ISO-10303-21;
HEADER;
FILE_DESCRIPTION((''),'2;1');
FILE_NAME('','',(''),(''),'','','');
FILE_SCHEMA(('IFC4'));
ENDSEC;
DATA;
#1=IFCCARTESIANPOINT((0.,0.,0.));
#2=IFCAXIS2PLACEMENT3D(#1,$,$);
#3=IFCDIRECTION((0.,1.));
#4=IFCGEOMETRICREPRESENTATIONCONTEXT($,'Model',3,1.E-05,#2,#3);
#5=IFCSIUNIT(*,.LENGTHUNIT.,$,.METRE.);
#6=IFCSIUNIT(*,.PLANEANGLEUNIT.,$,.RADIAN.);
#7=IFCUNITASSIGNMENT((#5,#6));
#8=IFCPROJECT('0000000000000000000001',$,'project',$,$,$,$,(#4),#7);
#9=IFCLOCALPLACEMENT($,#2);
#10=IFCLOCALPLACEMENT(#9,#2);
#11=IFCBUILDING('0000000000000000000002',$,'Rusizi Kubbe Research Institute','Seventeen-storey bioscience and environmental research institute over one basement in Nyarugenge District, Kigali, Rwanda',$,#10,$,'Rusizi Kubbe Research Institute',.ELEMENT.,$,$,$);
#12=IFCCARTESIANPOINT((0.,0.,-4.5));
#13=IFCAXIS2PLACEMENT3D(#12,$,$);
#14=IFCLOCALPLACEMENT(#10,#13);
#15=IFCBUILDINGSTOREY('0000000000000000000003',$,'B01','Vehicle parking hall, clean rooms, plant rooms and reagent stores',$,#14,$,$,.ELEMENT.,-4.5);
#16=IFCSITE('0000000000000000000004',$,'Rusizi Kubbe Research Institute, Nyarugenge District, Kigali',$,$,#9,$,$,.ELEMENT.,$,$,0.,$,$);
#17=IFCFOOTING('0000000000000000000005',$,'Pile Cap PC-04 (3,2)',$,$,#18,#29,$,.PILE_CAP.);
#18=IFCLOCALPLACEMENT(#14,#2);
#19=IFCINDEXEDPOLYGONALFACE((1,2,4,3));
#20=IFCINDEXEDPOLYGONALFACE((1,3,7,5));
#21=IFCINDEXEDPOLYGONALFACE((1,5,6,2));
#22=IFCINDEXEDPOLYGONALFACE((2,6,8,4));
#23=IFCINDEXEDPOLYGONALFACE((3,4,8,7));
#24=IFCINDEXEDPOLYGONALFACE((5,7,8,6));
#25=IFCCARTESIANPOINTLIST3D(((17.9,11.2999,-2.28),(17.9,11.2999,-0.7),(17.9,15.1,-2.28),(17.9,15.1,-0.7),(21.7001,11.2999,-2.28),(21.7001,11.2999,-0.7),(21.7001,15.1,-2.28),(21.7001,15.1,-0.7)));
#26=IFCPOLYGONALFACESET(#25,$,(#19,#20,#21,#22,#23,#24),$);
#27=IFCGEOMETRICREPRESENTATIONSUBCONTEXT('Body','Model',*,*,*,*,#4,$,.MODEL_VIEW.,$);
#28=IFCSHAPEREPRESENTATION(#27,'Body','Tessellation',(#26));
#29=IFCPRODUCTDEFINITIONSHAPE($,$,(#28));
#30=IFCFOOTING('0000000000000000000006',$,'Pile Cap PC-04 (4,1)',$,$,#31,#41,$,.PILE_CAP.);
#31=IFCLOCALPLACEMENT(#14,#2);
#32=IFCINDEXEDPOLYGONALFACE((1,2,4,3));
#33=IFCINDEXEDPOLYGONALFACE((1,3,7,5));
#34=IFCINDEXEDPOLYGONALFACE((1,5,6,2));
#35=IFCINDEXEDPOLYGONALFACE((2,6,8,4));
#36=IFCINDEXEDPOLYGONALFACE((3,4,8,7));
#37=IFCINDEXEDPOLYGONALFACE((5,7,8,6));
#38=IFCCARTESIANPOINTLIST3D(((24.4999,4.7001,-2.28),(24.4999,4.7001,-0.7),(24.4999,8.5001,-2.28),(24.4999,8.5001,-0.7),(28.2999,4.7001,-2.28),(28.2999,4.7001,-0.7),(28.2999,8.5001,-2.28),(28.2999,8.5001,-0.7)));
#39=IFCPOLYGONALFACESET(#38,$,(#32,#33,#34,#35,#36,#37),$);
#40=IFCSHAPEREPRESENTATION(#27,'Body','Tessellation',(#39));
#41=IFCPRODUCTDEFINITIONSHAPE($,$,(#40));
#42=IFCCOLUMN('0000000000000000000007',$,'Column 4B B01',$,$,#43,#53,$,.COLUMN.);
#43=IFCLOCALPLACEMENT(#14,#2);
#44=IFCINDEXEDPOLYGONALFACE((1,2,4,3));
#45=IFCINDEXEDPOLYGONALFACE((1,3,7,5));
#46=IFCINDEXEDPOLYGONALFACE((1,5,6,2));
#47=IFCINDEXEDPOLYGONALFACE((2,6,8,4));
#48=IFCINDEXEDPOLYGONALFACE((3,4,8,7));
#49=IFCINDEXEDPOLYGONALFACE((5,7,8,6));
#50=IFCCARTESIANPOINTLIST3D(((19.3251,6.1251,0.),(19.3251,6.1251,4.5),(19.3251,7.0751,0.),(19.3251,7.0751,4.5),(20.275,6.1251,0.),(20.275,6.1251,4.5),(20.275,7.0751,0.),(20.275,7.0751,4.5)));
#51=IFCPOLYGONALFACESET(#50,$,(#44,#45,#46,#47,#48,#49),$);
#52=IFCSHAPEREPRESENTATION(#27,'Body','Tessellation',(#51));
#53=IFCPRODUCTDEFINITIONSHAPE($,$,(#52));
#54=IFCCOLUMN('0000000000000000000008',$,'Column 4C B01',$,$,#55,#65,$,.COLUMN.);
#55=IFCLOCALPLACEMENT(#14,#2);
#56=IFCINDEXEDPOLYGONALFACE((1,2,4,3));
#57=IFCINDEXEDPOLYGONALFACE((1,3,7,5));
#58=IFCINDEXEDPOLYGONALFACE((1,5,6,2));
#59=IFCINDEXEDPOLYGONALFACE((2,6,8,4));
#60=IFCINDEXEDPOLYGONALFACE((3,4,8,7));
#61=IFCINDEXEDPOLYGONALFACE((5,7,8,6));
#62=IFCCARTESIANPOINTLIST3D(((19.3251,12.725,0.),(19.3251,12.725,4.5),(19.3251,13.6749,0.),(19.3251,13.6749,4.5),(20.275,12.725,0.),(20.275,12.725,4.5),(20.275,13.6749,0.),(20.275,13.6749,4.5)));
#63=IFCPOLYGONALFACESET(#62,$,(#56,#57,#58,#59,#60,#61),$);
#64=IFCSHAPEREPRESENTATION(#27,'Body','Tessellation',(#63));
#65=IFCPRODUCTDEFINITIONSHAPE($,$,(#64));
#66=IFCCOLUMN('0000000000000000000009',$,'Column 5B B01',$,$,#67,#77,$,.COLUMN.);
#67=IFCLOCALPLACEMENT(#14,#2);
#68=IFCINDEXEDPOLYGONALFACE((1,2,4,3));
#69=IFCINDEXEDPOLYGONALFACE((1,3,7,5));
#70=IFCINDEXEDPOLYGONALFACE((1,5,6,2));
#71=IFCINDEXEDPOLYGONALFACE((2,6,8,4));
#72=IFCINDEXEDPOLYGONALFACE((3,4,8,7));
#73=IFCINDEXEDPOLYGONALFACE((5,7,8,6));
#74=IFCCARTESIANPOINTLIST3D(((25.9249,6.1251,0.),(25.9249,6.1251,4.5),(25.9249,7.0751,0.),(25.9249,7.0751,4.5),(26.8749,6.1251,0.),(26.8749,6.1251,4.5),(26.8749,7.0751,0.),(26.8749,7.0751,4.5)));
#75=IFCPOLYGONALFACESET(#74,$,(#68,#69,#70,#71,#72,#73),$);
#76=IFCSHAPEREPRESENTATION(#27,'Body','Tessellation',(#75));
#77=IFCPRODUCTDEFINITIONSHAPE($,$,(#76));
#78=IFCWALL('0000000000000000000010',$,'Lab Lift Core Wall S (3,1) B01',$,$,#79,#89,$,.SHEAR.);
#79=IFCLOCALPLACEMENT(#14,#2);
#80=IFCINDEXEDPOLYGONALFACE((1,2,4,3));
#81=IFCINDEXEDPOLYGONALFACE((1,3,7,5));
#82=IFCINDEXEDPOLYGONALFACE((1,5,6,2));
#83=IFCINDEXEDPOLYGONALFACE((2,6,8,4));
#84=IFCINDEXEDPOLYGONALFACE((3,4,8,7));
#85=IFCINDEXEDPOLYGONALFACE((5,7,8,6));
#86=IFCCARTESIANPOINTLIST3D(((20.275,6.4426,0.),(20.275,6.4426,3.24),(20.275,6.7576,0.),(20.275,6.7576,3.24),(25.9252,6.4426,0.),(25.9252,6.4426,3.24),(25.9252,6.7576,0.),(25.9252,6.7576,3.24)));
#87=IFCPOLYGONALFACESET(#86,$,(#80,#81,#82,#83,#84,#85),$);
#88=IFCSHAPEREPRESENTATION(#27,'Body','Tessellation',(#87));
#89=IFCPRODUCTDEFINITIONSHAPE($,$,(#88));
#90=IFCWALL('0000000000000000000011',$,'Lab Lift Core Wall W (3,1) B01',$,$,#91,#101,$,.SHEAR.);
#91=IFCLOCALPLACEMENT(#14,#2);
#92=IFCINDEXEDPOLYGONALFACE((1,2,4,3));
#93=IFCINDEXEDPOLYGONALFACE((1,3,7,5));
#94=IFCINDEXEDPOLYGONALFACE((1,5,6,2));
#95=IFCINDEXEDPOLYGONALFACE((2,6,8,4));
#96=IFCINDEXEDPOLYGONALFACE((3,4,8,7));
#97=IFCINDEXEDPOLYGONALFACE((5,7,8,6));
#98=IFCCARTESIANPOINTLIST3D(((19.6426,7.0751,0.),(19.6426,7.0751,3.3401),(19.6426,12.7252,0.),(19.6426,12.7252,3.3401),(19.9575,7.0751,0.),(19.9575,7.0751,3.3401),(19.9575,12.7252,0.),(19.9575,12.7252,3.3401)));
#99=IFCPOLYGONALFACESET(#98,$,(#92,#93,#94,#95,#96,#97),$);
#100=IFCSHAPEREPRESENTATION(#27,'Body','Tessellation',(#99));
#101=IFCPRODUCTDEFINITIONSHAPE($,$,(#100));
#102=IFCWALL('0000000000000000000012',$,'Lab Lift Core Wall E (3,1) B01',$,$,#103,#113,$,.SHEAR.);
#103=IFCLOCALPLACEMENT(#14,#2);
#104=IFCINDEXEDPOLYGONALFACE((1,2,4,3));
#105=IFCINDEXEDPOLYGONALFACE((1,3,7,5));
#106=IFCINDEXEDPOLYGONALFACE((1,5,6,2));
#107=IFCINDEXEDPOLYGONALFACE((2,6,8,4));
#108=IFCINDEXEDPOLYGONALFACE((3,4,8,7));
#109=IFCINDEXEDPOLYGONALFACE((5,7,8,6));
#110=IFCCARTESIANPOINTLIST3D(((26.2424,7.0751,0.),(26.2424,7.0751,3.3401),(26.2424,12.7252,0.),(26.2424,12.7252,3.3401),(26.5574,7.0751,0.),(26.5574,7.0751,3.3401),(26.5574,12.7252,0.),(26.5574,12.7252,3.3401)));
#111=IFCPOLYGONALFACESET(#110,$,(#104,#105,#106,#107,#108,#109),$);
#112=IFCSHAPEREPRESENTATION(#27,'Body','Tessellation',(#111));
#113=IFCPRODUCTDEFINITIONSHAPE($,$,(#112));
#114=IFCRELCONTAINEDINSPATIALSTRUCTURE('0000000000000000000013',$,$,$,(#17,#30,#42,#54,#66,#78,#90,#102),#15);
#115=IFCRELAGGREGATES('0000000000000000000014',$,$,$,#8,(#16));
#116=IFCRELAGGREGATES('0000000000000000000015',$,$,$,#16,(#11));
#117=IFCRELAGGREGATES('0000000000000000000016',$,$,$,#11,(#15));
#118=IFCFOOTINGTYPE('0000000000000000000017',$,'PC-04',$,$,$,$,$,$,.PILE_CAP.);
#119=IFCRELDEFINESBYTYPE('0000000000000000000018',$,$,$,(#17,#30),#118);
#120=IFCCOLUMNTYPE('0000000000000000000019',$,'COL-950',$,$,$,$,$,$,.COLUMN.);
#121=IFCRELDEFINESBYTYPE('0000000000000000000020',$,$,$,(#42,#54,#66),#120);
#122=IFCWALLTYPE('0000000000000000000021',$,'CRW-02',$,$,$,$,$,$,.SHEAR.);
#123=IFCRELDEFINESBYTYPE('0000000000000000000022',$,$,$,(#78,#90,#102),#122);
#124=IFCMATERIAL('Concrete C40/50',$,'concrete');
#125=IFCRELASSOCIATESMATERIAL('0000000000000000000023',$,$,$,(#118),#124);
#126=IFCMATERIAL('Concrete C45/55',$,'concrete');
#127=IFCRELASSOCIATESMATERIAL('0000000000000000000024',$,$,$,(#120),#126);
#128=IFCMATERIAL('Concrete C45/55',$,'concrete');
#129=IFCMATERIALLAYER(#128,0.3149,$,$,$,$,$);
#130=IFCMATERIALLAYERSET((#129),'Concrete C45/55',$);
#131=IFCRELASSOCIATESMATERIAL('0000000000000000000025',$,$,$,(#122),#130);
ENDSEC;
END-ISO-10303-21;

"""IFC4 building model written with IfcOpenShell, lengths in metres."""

from ifc_helpers import new_model, si_unit, direction, frame, frame_2d, origin, origin_2d, place, context, subcontext, project, spatial, rectangle, extrude, material, layer, layer_set, material_profile, profile_set, type_object, element, save


model = new_model("IFC4")

# Units and contexts
model_context = context("Model", 3, precision=1e-05, world=origin(), true_north=direction((0.0, 1.0)))
body_context = subcontext(model_context, "Body", "Model", "MODEL_VIEW")
ifc_project = project(units=[si_unit("LENGTHUNIT", "METRE"), si_unit("PLANEANGLEUNIT", "RADIAN")], contexts=[model_context])

# Site, building, storey
site_placement = place(None, origin())
site = spatial("IfcSite", under=ifc_project, at=site_placement, Name="Rusizi Kubbe Research Institute, Nyarugenge District, Kigali", CompositionType="ELEMENT", RefElevation=0.0)
building_placement = place(site_placement, origin())
building = spatial("IfcBuilding", under=site, at=building_placement, Name="Rusizi Kubbe Research Institute", Description="Seventeen-storey bioscience and environmental research institute over one basement in Nyarugenge District, Kigali, Rwanda", LongName="Rusizi Kubbe Research Institute", CompositionType="ELEMENT")
storey_placement = place(building_placement, frame((0.0, 0.0, -4.5)))
storey = spatial("IfcBuildingStorey", under=building, at=storey_placement, Name="B01", Description="Vehicle parking hall, clean rooms, plant rooms and reagent stores", CompositionType="ELEMENT", Elevation=-4.5)

# Footings
ifc_material_1 = material(Name="Concrete C40/50", Category="concrete")
footing_type_1 = type_object("IfcFootingType", Name="PC-04", PredefinedType="PILE_CAP", material=ifc_material_1)
for number, where, z_axis, x_axis, name in (
    (1, (19.8, 13.2, -2.28), (0.0, 0.0, 1.0), (1.0, 0.0, 0.0), "Pile Cap PC-04 (3,2)"),
    (2, (26.3999, 6.6001, -2.28), (0.0, 0.0, 1.0), (1.0, 0.0, 0.0), "Pile Cap PC-04 (4,1)"),
):
    element("IfcFooting", number, at=place(storey_placement, frame(where, z_axis=z_axis, x_axis=x_axis)), inside=storey, type_object=footing_type_1, Name=name, PredefinedType="PILE_CAP", context=body_context, shape_type="SweptSolid", body=[
        extrude(rectangle(XDim=3.8, YDim=3.8, at=origin_2d()), origin(), (0.0, 0.0, 1.0), 1.5801),
    ])

# Columns
ifc_material_2 = material(Name="Concrete C45/55", Category="concrete")
ifc_material_profile_1 = material_profile(ifc_material_2, rectangle(XDim=0.95, YDim=0.95, at=origin_2d()), Name="RC950x950")
ifc_profile_set_1 = profile_set([ifc_material_profile_1], Name="Concrete C45/55")
column_type = type_object("IfcColumnType", Name="COL-950", PredefinedType="COLUMN", material=ifc_profile_set_1)
for number, where, z_axis, x_axis, name in (
    (3, (19.8, 6.6001, 0.0), (0.0, 0.0, 1.0), (1.0, 0.0, 0.0), "Column 4B B01"),
    (4, (19.8, 13.2, 0.0), (0.0, 0.0, 1.0), (1.0, 0.0, 0.0), "Column 4C B01"),
    (5, (26.3999, 6.6001, 0.0), (0.0, 0.0, 1.0), (1.0, 0.0, 0.0), "Column 5B B01"),
):
    element("IfcColumn", number, at=place(storey_placement, frame(where, z_axis=z_axis, x_axis=x_axis)), inside=storey, type_object=column_type, Name=name, PredefinedType="COLUMN", context=body_context, shape_type="SweptSolid", body=[
        extrude(rectangle(XDim=0.95, YDim=0.95, at=origin_2d()), origin(), (0.0, 0.0, 1.0), 4.5),
    ])

# Walls
ifc_material_3 = material(Name="Concrete C45/55", Category="concrete")
ifc_layer_1 = layer(ifc_material_3, 0.3149)
ifc_layer_set_1 = layer_set([ifc_layer_1], Name="Concrete C45/55")
wall_type_1 = type_object("IfcWallType", Name="CRW-02", PredefinedType="SHEAR", material=ifc_layer_set_1)
wall_1_placement = place(storey_placement, frame((20.2749, 6.6001, 0.0), z_axis=(0.0, 0.0, 1.0), x_axis=(1.0, 0.0, 0.0)))
element("IfcWall", 6, at=wall_1_placement, inside=storey, type_object=wall_type_1, Name="Lab Lift Core Wall S (3,1) B01", PredefinedType="SHEAR", context=body_context, shape_type="SweptSolid", body=[
    extrude(rectangle(XDim=5.6501, YDim=0.3149, at=frame_2d((2.8252, 0.0))), origin(), (0.0, 0.0, 1.0), 3.24),
])
for number, where, z_axis, x_axis, name in (
    (7, (19.8, 7.075, 0.0), (0.0, 0.0, 1.0), (0.0, 1.0, 0.0), "Lab Lift Core Wall W (3,1) B01"),
    (8, (26.3999, 7.075, 0.0), (0.0, 0.0, 1.0), (0.0, 1.0, 0.0), "Lab Lift Core Wall E (3,1) B01"),
):
    element("IfcWall", number, at=place(storey_placement, frame(where, z_axis=z_axis, x_axis=x_axis)), inside=storey, type_object=wall_type_1, Name=name, PredefinedType="SHEAR", context=body_context, shape_type="SweptSolid", body=[
        extrude(rectangle(XDim=5.6501, YDim=0.3149, at=frame_2d((2.8252, 0.0))), origin(), (0.0, 0.0, 1.0), 3.3401),
    ])

save(model, "model.ifc")
